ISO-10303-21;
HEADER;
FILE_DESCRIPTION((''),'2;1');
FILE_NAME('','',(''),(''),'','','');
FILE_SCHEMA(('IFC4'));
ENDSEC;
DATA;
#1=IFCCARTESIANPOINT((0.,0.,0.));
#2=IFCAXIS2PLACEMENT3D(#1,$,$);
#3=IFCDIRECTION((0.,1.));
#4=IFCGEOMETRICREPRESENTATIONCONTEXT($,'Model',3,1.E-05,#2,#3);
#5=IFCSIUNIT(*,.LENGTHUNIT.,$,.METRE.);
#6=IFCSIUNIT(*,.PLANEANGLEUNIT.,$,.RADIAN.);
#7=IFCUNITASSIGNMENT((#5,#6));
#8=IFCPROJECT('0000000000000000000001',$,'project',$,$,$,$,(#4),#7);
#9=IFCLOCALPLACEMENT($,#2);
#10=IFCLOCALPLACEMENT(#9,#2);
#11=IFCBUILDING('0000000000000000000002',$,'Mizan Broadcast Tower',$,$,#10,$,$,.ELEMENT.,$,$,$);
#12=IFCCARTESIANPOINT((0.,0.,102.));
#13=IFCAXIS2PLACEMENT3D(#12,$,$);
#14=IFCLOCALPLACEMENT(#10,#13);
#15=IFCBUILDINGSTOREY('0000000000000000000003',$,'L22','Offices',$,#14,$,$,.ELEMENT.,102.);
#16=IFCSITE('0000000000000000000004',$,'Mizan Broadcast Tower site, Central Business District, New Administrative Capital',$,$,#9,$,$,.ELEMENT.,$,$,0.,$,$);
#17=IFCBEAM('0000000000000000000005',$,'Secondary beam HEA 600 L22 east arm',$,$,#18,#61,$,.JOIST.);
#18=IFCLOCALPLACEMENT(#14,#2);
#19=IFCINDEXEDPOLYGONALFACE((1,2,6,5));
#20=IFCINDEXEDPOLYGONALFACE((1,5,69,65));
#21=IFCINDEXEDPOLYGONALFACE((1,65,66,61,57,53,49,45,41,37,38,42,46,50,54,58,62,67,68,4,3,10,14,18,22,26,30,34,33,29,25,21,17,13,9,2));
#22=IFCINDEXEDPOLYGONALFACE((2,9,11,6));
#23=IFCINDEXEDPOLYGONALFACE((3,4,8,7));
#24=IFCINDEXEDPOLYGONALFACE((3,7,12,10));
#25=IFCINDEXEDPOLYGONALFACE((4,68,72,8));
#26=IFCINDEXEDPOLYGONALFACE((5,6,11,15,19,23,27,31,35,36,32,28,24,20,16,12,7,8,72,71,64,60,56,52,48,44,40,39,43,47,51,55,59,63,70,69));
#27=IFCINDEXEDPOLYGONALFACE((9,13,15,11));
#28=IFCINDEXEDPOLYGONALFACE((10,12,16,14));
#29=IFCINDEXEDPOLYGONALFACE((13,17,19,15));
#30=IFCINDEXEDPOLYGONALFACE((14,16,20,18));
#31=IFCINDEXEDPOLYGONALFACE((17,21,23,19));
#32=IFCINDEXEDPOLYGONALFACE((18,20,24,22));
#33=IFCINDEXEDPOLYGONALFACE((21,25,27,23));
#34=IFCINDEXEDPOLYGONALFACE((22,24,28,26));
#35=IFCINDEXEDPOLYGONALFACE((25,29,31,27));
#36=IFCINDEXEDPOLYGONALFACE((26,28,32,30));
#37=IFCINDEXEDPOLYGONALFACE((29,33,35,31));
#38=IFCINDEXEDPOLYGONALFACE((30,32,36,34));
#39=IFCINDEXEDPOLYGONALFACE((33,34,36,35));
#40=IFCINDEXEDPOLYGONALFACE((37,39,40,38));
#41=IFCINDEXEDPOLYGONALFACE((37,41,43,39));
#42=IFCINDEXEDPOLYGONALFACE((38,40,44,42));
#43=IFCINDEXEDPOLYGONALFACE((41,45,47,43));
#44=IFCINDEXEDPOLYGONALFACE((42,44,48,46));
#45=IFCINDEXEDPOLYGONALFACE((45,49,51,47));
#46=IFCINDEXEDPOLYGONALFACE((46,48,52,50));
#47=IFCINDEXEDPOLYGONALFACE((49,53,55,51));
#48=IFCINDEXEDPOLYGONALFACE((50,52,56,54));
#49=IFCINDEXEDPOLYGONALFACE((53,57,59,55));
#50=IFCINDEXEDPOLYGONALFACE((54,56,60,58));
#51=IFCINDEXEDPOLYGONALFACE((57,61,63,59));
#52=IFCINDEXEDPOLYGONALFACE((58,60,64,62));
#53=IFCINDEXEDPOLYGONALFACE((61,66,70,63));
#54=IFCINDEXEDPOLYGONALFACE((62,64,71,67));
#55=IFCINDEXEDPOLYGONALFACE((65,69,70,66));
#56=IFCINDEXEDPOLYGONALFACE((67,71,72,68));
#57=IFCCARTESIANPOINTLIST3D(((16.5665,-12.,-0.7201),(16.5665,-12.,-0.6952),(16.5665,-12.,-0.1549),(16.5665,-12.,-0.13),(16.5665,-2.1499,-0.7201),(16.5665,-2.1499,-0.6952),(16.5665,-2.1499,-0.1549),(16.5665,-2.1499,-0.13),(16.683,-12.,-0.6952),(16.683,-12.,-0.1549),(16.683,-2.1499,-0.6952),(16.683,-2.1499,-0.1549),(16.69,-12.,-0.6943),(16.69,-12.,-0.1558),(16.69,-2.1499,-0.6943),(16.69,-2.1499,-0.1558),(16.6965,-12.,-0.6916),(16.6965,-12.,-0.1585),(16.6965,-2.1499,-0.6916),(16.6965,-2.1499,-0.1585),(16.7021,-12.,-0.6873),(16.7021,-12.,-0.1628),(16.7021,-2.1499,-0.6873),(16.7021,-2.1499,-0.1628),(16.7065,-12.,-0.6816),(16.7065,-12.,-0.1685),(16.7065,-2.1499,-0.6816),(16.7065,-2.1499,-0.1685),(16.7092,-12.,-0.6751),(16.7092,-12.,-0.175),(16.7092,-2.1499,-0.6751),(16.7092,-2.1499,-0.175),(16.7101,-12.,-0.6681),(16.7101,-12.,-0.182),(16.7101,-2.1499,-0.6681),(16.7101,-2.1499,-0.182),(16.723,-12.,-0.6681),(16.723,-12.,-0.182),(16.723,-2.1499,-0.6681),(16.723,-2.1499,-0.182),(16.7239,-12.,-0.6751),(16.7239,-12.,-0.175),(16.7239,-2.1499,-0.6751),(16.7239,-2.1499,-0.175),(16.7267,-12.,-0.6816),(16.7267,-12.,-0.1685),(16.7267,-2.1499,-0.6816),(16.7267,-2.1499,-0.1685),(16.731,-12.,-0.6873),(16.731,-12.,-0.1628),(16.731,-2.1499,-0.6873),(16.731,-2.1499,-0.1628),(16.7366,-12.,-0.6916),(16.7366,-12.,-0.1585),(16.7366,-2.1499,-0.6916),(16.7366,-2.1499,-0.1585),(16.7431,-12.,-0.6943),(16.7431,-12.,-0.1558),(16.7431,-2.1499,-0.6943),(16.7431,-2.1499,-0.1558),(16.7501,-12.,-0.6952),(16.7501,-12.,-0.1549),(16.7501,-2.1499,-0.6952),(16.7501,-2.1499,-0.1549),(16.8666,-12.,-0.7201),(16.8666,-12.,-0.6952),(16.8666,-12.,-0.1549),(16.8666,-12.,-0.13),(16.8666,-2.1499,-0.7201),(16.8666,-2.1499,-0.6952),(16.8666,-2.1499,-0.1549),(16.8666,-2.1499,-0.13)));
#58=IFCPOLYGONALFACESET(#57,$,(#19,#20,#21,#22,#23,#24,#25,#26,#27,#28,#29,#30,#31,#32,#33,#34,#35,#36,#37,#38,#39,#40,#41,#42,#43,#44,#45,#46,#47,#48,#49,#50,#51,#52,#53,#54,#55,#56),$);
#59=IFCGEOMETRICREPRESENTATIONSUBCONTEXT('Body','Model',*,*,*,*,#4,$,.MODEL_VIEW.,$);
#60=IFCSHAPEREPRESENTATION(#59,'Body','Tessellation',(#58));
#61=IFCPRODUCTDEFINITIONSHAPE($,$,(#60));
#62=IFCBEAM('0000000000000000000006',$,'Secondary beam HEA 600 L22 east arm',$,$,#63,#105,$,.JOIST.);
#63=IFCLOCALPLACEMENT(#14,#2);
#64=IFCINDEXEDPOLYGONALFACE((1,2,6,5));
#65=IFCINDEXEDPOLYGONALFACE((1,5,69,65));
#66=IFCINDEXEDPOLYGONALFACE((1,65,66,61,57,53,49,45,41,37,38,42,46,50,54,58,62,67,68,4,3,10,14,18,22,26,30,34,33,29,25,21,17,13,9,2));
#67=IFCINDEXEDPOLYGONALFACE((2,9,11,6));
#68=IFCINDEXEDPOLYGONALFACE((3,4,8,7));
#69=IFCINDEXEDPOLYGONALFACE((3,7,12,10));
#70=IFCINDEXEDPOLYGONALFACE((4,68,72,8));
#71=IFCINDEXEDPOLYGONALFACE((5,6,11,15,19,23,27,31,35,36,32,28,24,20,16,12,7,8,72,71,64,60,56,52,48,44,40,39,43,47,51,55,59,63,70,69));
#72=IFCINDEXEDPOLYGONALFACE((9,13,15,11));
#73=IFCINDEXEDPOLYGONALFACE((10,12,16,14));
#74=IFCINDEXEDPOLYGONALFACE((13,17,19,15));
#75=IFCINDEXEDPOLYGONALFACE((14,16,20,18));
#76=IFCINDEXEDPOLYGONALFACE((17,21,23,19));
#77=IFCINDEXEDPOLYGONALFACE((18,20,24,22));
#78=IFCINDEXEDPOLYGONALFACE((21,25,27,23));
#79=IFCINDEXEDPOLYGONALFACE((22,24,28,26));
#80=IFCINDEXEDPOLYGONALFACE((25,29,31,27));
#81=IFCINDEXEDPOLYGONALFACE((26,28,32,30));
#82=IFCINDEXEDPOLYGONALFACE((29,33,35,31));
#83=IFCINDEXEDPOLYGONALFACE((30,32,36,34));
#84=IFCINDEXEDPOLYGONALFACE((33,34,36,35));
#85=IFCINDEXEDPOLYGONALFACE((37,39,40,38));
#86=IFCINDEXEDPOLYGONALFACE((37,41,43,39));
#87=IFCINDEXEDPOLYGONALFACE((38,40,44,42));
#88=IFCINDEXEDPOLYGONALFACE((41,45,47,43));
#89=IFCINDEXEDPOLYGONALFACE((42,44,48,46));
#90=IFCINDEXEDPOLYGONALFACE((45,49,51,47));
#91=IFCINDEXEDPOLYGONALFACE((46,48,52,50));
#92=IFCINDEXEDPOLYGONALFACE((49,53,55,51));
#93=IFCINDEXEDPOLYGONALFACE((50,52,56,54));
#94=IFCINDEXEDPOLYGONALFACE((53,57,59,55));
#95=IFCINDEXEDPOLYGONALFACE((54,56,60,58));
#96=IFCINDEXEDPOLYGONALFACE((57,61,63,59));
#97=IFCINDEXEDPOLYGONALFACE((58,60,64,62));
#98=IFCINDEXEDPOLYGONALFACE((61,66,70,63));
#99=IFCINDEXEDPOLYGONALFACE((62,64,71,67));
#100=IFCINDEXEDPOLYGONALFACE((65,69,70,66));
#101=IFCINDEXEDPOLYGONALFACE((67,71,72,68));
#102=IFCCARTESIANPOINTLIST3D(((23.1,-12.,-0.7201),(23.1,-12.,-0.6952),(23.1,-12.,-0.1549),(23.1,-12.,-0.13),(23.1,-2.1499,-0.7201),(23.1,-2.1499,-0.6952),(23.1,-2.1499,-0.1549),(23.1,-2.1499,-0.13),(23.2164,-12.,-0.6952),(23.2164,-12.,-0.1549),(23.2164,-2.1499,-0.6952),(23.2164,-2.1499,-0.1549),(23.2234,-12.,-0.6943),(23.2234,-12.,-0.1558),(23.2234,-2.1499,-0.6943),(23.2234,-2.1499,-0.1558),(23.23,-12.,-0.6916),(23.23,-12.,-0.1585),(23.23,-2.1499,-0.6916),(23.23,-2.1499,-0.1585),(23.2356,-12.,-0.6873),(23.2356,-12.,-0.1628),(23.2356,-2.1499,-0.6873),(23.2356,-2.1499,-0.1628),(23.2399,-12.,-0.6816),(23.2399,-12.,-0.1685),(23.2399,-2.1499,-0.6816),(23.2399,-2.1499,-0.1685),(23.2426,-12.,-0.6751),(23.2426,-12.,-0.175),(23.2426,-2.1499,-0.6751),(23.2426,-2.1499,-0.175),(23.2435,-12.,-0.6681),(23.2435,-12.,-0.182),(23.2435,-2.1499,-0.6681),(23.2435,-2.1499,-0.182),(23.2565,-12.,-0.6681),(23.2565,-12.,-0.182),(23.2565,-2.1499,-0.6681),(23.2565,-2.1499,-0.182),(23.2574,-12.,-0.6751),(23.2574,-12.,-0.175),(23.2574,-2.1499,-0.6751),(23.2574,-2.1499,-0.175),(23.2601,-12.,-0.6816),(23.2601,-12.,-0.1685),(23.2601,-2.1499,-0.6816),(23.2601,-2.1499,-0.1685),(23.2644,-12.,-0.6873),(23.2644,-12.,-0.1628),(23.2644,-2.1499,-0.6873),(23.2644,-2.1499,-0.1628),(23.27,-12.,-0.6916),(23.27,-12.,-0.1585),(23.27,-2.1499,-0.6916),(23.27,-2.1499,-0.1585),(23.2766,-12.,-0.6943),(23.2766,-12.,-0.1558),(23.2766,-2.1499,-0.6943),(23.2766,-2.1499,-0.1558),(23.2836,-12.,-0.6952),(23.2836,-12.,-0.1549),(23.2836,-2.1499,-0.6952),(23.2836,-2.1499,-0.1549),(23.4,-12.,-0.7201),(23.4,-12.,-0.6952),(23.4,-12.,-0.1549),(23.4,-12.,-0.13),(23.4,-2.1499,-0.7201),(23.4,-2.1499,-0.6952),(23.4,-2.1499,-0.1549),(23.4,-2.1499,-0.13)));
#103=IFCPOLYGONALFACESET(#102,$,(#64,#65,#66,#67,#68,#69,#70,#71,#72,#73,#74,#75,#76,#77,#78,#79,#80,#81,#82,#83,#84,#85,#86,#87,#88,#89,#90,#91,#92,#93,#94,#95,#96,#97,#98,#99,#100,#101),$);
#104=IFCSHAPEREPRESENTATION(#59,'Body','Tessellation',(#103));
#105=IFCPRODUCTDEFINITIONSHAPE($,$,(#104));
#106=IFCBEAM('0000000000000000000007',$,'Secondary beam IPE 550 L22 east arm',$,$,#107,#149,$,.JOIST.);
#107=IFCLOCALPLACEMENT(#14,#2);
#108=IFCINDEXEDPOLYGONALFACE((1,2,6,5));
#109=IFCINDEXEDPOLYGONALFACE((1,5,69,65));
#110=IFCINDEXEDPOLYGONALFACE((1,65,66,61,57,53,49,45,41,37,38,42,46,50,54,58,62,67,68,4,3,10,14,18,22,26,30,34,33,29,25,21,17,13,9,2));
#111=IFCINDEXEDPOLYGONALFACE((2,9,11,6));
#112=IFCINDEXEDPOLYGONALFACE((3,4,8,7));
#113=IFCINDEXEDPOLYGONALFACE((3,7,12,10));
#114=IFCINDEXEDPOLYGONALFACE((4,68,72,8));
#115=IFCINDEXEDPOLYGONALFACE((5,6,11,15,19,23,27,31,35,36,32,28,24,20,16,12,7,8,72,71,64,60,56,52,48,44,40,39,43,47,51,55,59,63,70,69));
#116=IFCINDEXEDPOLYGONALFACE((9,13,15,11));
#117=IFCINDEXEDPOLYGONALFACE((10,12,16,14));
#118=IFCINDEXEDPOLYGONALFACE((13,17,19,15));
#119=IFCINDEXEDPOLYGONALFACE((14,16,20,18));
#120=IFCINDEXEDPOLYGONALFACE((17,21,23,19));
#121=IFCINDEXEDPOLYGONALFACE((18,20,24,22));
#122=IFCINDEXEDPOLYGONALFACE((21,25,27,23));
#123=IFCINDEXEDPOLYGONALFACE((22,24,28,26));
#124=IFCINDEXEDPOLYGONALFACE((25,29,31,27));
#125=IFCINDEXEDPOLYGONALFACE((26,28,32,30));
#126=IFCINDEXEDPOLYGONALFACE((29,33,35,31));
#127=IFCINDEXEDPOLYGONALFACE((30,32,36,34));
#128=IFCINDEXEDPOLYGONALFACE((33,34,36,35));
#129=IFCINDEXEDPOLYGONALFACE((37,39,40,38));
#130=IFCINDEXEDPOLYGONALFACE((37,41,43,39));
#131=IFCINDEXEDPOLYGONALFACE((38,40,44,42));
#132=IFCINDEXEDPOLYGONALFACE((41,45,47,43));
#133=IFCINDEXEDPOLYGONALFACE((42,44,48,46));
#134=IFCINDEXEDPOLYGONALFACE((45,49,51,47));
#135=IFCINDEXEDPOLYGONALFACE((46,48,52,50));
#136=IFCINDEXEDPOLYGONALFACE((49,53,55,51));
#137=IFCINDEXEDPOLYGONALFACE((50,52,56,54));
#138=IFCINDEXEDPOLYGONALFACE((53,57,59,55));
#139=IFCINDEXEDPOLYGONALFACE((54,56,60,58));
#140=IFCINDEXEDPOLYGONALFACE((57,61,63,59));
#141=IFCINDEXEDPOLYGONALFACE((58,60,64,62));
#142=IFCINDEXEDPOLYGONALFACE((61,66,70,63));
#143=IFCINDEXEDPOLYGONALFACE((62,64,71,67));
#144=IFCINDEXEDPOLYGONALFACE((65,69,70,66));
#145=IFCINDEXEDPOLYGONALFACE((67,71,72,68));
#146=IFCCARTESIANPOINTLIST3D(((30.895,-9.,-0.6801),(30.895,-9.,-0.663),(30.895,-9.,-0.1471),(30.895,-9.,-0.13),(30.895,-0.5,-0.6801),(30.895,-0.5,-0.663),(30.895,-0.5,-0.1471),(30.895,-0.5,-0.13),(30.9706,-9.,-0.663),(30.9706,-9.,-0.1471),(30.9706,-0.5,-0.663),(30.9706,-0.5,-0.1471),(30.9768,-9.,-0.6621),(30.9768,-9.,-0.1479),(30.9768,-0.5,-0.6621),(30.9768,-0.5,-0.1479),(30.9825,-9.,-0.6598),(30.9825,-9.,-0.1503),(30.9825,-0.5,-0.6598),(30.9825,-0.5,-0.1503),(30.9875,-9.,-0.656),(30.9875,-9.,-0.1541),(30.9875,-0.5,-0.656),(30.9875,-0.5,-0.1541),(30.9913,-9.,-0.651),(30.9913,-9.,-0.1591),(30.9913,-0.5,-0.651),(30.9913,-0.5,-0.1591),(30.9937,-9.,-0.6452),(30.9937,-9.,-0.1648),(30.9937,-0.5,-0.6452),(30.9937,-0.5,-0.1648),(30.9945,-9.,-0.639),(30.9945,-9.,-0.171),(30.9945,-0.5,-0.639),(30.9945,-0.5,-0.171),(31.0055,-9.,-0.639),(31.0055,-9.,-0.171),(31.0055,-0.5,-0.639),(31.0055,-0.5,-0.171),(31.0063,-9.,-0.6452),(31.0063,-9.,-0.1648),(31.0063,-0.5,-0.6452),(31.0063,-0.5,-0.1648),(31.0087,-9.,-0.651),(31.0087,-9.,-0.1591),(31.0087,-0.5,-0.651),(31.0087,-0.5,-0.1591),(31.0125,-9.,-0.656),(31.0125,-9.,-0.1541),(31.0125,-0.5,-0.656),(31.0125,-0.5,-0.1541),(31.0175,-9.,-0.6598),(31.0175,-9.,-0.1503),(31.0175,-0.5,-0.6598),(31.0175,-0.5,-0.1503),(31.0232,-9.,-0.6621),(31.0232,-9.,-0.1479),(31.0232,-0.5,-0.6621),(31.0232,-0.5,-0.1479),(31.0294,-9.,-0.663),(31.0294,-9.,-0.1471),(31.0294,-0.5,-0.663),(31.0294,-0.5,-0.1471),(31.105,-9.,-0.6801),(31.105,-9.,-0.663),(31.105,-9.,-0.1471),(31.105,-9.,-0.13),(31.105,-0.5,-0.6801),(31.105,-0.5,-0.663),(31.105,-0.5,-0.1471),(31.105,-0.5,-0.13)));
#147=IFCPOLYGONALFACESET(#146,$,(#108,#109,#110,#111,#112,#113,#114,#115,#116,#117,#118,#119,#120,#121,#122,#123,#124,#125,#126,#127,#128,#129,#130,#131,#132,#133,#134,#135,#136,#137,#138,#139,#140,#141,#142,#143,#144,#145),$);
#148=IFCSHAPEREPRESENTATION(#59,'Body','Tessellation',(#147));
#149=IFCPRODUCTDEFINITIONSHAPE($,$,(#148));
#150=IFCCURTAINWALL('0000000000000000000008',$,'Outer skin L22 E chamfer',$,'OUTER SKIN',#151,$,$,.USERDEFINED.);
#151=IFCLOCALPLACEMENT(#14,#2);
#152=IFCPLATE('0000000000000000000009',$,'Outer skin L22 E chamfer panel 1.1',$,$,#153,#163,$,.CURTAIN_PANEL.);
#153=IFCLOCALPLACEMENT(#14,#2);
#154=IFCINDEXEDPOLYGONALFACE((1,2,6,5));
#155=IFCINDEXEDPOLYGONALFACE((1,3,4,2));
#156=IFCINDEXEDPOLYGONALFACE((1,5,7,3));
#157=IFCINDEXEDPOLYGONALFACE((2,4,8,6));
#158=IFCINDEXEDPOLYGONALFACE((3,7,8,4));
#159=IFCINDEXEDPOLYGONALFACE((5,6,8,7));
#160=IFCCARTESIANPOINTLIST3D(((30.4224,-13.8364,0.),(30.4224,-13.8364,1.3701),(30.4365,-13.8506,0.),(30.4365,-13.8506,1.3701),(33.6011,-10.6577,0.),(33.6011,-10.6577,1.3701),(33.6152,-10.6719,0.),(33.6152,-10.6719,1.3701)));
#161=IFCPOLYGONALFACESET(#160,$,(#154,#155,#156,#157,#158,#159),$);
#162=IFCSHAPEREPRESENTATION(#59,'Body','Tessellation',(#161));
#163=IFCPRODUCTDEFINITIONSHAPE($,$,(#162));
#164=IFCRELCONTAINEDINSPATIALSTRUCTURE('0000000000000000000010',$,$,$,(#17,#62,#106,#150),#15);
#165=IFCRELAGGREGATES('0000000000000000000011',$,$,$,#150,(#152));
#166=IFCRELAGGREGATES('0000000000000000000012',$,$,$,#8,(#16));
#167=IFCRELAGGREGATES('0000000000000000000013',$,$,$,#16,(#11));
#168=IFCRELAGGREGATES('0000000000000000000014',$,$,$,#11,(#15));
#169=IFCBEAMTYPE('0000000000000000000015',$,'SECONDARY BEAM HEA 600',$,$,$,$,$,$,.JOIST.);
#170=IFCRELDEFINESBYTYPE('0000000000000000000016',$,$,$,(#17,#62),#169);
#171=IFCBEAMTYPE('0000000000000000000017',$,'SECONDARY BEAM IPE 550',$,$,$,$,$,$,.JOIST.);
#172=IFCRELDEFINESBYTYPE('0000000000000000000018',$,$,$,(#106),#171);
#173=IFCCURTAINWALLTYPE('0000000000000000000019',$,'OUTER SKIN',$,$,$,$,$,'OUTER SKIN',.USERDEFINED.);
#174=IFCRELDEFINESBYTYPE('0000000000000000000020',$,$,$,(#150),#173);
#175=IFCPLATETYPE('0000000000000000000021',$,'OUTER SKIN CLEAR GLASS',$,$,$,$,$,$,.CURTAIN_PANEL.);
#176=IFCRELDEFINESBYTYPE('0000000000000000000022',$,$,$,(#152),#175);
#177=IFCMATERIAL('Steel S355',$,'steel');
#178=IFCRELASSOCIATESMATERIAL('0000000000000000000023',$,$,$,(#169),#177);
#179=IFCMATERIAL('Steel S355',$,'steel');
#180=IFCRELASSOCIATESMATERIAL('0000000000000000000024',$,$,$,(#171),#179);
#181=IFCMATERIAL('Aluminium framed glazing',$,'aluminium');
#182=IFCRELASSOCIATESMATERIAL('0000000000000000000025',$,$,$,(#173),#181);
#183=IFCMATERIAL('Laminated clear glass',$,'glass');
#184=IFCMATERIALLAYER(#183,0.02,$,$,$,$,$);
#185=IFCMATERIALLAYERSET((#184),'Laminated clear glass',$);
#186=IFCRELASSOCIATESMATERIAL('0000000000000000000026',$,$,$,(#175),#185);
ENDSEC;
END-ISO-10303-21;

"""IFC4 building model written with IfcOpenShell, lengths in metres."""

from ifc_helpers import new_model, si_unit, direction, frame, origin, origin_2d, place, context, subcontext, project, spatial, rectangle, i_section, extrude, material, layer, layer_set, material_profile, profile_set, type_object, element, aggregate, save


model = new_model("IFC4")

# Units and contexts
model_context = context("Model", 3, precision=1e-05, world=origin(), true_north=direction((0.0, 1.0)))
body_context = subcontext(model_context, "Body", "Model", "MODEL_VIEW")
ifc_project = project(units=[si_unit("LENGTHUNIT", "METRE"), si_unit("PLANEANGLEUNIT", "RADIAN")], contexts=[model_context])

# Site, building, storey
site_placement = place(None, origin())
site = spatial("IfcSite", under=ifc_project, at=site_placement, Name="Mizan Broadcast Tower site, Central Business District, New Administrative Capital", CompositionType="ELEMENT", RefElevation=0.0)
building_placement = place(site_placement, origin())
building = spatial("IfcBuilding", under=site, at=building_placement, Name="Mizan Broadcast Tower", CompositionType="ELEMENT")
storey_placement = place(building_placement, frame((0.0, 0.0, 102.0)))
storey = spatial("IfcBuildingStorey", under=building, at=storey_placement, Name="L22", Description="Offices", CompositionType="ELEMENT", Elevation=102.0)

# Beams
ifc_material_1 = material(Name="Steel S355", Category="steel")
ifc_material_profile_1 = material_profile(ifc_material_1, i_section(OverallWidth=0.3, OverallDepth=0.5901, WebThickness=0.0129, FlangeThickness=0.0249, FilletRadius=0.0271, at=origin_2d()), Name="HEA 600")
ifc_profile_set_1 = profile_set([ifc_material_profile_1], Name="Steel S355")
beam_type_1 = type_object("IfcBeamType", Name="SECONDARY BEAM HEA 600", PredefinedType="JOIST", material=ifc_profile_set_1)
for number, where, z_axis, x_axis, name in (
    (1, (16.7166, -12.0, -0.425), (0.0, 1.0, 0.0), (-1.0, 0.0, 0.0), "Secondary beam HEA 600 L22 east arm"),
    (2, (23.25, -12.0, -0.425), (0.0, 1.0, 0.0), (-1.0, 0.0, 0.0), "Secondary beam HEA 600 L22 east arm"),
):
    element("IfcBeam", number, at=place(storey_placement, frame(where, z_axis=z_axis, x_axis=x_axis)), inside=storey, type_object=beam_type_1, Name=name, PredefinedType="JOIST", context=body_context, shape_type="SweptSolid", body=[
        extrude(i_section(OverallWidth=0.3, OverallDepth=0.5901, WebThickness=0.0129, FlangeThickness=0.0249, FilletRadius=0.0271, at=origin_2d()), origin(), (0.0, 0.0, 1.0), 9.8501),
    ])
ifc_material_2 = material(Name="Steel S355", Category="steel")
ifc_material_profile_2 = material_profile(ifc_material_2, i_section(OverallWidth=0.21, OverallDepth=0.55, WebThickness=0.011, FlangeThickness=0.0171, FilletRadius=0.0239, at=origin_2d()), Name="IPE 550")
ifc_profile_set_2 = profile_set([ifc_material_profile_2], Name="Steel S355")
beam_type_2 = type_object("IfcBeamType", Name="SECONDARY BEAM IPE 550", PredefinedType="JOIST", material=ifc_profile_set_2)
beam_1_placement = place(storey_placement, frame((31.0, -9.0, -0.405), z_axis=(0.0, 1.0, 0.0), x_axis=(-1.0, 0.0, 0.0)))
element("IfcBeam", 3, at=beam_1_placement, inside=storey, type_object=beam_type_2, Name="Secondary beam IPE 550 L22 east arm", PredefinedType="JOIST", context=body_context, shape_type="SweptSolid", body=[
    extrude(i_section(OverallWidth=0.21, OverallDepth=0.55, WebThickness=0.011, FlangeThickness=0.0171, FilletRadius=0.0239, at=origin_2d()), origin(), (0.0, 0.0, 1.0), 8.5),
])

# Curtain wall, plate
ifc_material_3 = material(Name="Aluminium framed glazing", Category="aluminium")
curtain_wall_type_1 = type_object("IfcCurtainWallType", Name="OUTER SKIN", ElementType="OUTER SKIN", PredefinedType="USERDEFINED", material=ifc_material_3)
curtain_wall_1_placement = place(storey_placement, origin())
curtain_wall_1 = element("IfcCurtainWall", 4, at=curtain_wall_1_placement, inside=storey, type_object=curtain_wall_type_1, Name="Outer skin L22 E chamfer", ObjectType="OUTER SKIN", PredefinedType="USERDEFINED")
ifc_material_4 = material(Name="Laminated clear glass", Category="glass")
ifc_layer_1 = layer(ifc_material_4, 0.02)
ifc_layer_set_1 = layer_set([ifc_layer_1], Name="Laminated clear glass")
plate_type = type_object("IfcPlateType", Name="OUTER SKIN CLEAR GLASS", PredefinedType="CURTAIN_PANEL", material=ifc_layer_set_1)
plate_placement = place(storey_placement, frame((32.0188, -12.2542, 0.0), z_axis=(0.0, 0.0, 1.0), x_axis=(0.707107, 0.707107, 0.0)))
plate = element("IfcPlate", 5, at=plate_placement, type_object=plate_type, Name="Outer skin L22 E chamfer panel 1.1", PredefinedType="CURTAIN_PANEL", context=body_context, shape_type="SweptSolid", body=[
    extrude(rectangle(XDim=4.4954, YDim=0.02, at=origin_2d()), origin(), (0.0, 0.0, 1.0), 1.3701),
])
aggregate(curtain_wall_1, [plate])

save(model, "model.ifc")
